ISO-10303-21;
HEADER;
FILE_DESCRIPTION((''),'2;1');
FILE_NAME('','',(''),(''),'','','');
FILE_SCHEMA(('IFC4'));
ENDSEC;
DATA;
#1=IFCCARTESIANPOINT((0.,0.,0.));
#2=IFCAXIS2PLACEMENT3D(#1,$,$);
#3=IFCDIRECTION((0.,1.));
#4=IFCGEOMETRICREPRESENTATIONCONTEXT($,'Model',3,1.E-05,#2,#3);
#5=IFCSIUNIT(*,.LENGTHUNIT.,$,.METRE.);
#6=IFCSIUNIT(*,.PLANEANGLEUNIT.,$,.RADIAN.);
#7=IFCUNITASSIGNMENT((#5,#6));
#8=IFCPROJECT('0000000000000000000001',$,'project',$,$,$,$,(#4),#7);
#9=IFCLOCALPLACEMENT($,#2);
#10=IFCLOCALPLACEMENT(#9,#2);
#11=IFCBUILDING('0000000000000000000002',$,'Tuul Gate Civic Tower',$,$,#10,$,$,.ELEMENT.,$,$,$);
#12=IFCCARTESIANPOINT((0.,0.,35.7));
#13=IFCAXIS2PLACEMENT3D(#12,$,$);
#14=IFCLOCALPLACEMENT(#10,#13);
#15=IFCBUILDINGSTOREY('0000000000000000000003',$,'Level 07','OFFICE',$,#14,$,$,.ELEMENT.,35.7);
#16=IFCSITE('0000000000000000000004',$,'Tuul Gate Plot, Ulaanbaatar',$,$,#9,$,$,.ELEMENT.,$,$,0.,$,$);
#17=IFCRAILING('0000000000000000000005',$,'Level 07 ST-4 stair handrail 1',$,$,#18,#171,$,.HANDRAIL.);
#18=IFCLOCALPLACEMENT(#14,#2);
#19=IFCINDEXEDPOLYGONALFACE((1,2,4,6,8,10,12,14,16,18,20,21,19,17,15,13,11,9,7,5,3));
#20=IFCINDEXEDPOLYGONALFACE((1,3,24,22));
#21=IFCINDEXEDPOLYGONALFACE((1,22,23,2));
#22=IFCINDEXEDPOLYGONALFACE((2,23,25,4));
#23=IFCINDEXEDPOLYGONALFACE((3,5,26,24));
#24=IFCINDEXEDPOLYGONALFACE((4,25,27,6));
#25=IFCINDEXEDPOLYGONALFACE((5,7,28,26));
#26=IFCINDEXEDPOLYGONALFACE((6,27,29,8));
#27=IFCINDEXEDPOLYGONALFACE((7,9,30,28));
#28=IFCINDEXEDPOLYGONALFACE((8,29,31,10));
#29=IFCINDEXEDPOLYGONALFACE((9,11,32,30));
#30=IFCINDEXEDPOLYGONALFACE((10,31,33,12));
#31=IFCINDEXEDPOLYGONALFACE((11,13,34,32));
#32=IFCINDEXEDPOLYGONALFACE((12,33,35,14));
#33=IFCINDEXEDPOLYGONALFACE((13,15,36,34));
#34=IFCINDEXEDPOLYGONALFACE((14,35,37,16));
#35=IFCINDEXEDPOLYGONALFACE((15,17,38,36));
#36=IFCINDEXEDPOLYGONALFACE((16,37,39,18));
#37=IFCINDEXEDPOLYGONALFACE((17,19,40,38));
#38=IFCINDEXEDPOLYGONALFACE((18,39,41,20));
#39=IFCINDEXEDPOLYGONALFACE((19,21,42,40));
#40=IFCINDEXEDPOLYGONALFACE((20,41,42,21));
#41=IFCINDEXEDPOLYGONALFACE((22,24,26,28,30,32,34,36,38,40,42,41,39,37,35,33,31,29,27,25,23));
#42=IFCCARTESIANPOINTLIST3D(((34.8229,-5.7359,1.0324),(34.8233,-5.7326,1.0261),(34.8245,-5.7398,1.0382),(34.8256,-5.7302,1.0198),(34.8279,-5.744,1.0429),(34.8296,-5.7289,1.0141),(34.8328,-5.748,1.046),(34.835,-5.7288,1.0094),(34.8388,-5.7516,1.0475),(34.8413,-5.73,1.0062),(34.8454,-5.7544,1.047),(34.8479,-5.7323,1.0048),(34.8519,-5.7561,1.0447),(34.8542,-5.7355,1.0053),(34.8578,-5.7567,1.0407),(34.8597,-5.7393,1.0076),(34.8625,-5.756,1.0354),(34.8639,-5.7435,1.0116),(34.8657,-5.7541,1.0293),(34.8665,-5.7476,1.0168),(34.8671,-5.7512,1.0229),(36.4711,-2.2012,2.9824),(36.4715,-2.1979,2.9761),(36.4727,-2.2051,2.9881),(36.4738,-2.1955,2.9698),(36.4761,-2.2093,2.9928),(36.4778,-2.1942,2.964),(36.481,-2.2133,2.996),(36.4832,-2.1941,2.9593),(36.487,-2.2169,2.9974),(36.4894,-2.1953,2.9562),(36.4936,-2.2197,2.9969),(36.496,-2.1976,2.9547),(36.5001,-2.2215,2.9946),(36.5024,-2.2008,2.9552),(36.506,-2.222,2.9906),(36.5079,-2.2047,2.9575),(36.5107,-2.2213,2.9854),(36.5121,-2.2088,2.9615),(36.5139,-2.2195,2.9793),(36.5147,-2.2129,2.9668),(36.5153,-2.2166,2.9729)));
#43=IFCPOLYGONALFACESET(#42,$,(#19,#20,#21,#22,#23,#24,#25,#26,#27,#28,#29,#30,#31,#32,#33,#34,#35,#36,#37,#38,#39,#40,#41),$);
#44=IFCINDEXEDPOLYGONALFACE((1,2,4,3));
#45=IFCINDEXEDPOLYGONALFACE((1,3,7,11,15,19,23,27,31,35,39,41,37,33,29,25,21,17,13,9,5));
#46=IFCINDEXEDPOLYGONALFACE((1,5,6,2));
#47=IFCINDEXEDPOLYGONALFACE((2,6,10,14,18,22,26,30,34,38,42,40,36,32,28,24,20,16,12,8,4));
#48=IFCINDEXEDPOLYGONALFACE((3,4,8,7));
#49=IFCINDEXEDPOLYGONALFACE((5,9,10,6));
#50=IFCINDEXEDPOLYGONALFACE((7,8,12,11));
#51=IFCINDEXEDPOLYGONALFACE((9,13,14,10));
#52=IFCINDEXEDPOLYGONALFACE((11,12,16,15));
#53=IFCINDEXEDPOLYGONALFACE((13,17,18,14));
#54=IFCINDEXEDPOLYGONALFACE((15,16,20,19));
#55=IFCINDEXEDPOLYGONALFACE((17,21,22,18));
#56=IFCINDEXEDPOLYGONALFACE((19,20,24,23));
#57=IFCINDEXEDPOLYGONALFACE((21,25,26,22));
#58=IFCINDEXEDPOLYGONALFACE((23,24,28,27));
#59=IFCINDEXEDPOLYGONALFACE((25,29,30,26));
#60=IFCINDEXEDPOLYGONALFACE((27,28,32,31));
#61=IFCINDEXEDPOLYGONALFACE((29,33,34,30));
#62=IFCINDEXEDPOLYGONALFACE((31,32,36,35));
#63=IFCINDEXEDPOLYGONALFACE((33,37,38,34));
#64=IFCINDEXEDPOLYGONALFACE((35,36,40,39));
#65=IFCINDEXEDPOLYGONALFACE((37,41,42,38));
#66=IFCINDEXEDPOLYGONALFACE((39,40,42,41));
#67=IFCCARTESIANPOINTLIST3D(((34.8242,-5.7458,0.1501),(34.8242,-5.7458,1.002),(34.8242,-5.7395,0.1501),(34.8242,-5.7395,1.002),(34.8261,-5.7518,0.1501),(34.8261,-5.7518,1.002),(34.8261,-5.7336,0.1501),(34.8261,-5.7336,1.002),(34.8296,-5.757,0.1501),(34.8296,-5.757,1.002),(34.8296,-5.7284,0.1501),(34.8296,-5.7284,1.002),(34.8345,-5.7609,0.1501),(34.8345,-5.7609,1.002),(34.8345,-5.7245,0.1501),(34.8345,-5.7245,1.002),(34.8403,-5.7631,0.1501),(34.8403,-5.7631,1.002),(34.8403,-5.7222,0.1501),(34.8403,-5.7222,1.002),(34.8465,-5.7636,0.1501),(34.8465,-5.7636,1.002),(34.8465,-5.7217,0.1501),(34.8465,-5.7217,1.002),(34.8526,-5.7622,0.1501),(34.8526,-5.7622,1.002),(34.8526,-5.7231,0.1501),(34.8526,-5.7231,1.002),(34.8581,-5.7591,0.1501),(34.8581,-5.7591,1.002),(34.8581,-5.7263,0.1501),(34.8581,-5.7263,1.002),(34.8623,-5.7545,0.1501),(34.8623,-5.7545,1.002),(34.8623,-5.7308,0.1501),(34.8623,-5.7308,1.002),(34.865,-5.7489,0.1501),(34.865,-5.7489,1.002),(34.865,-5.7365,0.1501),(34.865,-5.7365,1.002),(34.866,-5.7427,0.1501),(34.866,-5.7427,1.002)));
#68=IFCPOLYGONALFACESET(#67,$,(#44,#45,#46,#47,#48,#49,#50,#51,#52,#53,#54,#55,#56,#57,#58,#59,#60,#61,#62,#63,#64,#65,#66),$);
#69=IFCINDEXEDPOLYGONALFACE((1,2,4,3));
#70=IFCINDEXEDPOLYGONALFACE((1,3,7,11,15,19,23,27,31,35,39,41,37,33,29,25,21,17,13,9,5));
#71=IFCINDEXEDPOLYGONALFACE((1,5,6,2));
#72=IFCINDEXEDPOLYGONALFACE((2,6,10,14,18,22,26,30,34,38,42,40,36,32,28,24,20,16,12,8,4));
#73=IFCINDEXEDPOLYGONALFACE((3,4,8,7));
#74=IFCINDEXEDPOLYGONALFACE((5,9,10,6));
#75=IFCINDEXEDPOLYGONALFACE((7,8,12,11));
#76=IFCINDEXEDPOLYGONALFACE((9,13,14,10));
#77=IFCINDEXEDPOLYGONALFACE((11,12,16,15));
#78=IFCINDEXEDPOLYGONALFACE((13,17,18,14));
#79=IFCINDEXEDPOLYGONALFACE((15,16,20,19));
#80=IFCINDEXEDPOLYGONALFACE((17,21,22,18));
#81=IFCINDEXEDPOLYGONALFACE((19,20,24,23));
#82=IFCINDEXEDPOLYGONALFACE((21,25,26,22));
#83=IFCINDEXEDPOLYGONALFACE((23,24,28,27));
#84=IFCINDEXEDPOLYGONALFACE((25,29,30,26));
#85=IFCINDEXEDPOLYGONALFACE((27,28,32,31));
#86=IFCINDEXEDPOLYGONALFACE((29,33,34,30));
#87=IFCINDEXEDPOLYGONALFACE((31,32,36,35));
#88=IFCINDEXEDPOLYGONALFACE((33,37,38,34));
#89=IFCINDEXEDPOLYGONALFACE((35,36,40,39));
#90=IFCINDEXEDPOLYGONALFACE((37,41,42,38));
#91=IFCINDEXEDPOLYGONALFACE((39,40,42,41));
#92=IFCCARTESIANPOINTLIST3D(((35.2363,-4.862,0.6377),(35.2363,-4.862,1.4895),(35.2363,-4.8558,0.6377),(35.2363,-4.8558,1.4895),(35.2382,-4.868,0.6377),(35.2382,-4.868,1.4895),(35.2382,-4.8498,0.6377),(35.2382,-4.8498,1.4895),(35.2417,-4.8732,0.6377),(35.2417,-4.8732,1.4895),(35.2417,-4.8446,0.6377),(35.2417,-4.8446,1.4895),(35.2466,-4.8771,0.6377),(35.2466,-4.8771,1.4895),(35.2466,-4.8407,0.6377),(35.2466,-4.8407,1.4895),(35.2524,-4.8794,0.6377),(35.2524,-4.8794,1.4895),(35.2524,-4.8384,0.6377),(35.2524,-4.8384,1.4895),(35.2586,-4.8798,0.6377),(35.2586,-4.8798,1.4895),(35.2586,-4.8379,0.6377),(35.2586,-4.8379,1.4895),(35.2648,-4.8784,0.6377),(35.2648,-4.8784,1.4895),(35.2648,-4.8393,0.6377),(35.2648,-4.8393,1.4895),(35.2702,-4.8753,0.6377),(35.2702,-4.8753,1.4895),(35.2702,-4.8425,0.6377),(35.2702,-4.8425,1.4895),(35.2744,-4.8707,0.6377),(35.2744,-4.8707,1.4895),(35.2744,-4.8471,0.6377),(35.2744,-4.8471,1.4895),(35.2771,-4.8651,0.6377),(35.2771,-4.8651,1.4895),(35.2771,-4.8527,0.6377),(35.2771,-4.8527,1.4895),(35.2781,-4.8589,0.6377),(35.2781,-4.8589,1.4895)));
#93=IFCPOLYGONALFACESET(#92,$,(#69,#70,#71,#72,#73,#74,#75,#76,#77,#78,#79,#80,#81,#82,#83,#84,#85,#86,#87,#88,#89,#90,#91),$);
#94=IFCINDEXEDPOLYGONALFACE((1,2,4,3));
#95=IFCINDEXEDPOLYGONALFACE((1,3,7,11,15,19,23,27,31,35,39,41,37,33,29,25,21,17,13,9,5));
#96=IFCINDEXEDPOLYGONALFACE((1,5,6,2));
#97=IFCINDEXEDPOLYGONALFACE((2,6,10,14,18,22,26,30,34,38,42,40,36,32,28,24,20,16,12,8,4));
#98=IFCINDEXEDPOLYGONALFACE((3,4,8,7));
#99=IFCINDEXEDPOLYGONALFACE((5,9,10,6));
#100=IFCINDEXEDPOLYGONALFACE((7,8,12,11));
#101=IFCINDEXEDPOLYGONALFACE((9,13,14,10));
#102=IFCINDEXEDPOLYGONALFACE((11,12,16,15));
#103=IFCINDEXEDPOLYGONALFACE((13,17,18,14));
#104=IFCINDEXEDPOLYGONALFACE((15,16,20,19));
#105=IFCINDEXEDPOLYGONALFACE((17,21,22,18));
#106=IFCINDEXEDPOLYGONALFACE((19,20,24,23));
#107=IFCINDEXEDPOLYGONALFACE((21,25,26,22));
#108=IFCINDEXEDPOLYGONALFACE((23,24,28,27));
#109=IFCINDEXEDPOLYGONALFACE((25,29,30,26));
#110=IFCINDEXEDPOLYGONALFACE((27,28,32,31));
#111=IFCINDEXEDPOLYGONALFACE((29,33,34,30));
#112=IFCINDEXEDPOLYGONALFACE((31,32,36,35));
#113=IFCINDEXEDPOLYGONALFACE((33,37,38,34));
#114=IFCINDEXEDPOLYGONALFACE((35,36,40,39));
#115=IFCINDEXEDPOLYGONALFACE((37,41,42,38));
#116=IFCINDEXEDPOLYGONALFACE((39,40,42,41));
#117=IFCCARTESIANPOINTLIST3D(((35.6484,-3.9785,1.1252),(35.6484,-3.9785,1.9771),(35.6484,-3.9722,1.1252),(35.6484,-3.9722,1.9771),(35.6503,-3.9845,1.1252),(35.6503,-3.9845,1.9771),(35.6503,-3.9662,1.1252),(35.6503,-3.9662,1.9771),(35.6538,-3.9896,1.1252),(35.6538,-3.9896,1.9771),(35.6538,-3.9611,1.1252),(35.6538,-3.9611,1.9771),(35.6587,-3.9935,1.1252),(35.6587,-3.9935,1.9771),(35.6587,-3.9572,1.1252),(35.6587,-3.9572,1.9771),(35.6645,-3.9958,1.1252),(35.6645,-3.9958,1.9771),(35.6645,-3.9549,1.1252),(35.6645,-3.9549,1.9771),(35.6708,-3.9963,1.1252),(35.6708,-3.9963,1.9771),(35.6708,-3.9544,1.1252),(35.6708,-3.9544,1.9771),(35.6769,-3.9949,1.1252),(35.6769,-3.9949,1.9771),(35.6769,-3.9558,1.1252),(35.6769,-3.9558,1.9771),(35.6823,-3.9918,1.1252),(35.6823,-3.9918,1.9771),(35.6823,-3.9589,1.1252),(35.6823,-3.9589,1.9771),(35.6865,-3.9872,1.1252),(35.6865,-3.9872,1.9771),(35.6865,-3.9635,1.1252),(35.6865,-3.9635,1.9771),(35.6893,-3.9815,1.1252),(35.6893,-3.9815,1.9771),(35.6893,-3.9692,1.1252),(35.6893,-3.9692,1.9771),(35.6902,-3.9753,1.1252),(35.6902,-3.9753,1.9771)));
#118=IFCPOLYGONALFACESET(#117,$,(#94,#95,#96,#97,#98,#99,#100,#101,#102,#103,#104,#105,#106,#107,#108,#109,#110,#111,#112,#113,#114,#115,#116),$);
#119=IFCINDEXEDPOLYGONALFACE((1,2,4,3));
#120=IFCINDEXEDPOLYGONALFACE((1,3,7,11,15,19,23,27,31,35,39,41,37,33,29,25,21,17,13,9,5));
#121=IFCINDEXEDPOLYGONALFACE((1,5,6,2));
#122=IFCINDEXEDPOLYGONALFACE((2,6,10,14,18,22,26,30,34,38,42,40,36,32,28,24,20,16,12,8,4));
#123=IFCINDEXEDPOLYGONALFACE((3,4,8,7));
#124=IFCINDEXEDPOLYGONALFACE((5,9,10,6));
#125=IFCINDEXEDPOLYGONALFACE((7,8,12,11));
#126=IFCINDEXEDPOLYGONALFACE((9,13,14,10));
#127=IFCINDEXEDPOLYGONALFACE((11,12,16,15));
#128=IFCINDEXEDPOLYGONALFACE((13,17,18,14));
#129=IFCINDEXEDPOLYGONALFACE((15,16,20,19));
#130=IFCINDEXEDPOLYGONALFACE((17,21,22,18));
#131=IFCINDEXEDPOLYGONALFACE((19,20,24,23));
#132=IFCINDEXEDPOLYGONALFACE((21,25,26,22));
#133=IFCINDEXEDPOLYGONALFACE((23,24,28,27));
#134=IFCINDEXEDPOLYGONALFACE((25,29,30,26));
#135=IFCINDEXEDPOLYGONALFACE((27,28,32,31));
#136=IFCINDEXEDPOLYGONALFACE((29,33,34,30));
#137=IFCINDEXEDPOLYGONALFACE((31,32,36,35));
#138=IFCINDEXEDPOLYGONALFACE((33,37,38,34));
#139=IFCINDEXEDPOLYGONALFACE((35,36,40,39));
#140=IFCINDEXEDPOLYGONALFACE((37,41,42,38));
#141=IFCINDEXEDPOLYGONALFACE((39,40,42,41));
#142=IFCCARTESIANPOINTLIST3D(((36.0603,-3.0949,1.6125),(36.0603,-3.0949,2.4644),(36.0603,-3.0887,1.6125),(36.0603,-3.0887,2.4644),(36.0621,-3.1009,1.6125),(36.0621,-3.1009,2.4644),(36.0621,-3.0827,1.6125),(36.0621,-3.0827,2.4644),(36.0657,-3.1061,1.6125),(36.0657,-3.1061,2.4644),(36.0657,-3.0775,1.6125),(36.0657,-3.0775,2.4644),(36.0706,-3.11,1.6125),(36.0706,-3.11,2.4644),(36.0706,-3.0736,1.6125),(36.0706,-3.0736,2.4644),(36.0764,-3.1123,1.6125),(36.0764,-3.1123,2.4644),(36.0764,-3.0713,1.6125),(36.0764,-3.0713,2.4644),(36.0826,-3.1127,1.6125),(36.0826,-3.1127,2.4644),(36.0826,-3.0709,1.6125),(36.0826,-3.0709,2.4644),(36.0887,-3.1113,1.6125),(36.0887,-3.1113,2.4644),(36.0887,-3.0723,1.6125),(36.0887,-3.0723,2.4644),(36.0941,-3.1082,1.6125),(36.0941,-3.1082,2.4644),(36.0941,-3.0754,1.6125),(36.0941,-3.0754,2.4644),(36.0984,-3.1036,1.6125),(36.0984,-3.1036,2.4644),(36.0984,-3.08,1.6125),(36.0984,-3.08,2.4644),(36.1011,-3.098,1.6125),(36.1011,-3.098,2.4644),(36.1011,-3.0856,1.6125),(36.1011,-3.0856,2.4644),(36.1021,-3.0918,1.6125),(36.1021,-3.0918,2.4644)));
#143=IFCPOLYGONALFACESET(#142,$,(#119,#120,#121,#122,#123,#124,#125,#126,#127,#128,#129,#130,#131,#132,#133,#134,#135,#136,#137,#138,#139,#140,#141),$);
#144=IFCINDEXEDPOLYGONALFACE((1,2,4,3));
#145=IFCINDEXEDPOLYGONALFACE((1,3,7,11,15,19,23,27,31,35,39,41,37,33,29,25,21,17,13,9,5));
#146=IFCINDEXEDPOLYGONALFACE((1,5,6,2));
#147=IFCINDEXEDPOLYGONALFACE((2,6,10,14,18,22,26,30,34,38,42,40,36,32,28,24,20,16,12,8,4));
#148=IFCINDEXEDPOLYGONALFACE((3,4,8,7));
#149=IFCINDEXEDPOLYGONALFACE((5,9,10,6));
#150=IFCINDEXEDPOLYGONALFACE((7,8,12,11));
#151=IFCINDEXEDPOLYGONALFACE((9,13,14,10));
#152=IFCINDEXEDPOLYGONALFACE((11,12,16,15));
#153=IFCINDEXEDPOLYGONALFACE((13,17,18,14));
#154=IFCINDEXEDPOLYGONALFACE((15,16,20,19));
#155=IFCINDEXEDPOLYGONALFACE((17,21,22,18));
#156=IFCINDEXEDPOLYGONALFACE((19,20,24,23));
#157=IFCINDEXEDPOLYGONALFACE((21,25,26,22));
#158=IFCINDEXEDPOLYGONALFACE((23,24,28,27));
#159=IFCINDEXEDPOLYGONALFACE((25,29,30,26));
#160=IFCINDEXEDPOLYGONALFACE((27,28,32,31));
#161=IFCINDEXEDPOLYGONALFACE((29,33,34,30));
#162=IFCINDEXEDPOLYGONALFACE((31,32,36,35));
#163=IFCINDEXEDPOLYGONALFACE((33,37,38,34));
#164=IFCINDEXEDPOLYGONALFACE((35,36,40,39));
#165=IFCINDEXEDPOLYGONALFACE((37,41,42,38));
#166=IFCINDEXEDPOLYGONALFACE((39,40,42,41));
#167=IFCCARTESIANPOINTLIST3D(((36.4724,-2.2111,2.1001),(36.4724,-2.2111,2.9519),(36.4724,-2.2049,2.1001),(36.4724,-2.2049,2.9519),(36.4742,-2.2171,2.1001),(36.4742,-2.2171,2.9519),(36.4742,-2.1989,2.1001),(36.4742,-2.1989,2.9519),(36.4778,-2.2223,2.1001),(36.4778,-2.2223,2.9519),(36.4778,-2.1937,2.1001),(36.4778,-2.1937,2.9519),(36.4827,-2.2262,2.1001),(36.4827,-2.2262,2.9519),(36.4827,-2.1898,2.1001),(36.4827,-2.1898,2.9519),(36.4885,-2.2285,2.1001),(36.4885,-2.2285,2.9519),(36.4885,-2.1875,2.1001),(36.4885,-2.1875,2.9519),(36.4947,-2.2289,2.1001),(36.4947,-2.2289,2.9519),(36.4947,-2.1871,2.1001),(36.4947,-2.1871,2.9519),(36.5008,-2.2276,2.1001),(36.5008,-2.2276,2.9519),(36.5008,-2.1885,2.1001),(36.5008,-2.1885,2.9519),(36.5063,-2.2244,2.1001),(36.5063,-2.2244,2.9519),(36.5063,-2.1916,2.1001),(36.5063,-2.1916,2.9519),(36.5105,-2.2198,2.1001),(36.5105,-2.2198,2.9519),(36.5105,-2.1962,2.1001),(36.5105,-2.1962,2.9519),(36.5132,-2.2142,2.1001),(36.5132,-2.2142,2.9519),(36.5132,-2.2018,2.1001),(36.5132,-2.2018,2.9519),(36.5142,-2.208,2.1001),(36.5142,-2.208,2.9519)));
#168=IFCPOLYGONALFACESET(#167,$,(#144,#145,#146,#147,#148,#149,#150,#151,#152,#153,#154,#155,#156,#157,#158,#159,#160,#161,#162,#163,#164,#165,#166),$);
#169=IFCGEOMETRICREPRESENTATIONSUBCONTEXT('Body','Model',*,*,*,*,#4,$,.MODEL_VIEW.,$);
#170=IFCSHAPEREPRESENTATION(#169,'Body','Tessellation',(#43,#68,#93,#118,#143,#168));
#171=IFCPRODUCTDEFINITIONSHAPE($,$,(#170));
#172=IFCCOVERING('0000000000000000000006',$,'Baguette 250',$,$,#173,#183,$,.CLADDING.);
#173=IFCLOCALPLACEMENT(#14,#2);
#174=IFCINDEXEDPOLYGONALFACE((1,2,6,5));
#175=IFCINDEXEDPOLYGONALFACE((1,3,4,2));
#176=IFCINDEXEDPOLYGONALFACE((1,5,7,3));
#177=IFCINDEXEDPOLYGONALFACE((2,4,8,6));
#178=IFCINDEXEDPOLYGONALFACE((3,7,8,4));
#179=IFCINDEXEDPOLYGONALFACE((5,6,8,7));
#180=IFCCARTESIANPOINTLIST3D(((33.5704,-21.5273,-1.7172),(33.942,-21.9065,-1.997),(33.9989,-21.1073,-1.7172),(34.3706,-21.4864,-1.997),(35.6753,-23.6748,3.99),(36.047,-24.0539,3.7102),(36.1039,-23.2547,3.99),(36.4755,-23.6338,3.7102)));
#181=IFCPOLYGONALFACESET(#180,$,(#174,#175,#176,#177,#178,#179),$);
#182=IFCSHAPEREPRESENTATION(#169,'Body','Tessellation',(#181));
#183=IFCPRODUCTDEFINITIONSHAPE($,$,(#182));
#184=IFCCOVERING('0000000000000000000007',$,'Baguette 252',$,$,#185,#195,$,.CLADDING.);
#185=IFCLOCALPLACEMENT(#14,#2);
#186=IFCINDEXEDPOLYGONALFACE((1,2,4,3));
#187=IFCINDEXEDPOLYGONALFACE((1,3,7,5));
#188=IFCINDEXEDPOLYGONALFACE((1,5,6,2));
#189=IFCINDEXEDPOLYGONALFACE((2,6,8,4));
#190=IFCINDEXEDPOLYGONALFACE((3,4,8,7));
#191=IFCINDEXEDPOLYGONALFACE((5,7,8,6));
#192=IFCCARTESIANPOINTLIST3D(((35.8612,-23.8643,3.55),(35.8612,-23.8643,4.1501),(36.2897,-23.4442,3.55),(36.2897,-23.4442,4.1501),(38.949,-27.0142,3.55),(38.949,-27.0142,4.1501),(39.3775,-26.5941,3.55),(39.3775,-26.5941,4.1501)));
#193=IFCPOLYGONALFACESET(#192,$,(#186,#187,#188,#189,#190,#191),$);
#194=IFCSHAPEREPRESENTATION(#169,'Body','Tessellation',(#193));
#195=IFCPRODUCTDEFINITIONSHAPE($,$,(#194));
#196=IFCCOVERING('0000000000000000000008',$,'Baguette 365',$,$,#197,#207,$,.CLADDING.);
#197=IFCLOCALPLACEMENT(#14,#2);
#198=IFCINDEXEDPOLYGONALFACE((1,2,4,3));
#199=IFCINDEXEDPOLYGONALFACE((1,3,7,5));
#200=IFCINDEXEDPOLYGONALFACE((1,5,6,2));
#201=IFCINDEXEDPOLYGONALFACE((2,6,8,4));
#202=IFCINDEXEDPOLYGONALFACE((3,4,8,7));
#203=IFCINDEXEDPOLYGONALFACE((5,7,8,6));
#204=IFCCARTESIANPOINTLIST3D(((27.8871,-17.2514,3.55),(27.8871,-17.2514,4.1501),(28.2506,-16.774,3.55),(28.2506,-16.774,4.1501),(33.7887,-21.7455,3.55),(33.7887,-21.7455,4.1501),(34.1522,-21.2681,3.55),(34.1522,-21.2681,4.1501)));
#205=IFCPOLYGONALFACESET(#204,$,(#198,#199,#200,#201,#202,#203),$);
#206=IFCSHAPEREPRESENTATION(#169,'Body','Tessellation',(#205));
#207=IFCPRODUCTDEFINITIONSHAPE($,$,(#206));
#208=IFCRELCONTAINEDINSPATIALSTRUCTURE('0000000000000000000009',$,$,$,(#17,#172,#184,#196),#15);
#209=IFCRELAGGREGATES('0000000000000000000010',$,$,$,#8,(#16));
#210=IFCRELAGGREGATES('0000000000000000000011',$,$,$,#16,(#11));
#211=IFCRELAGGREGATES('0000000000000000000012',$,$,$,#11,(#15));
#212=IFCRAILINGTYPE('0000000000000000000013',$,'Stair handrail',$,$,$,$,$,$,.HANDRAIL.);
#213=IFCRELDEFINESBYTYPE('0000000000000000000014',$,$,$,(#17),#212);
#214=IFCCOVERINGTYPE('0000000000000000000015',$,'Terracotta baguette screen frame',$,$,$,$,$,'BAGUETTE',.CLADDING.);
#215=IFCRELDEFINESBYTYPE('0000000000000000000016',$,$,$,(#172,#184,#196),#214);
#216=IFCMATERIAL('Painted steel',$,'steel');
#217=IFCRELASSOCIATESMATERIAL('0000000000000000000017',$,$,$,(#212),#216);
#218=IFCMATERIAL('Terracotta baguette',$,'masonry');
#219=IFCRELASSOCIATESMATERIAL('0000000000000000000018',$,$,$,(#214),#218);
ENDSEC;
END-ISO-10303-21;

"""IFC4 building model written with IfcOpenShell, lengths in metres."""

from ifc_helpers import new_model, si_unit, direction, frame, origin, origin_2d, place, context, subcontext, project, spatial, rectangle, circle, extrude, material, material_profile, profile_set, type_object, element, save


model = new_model("IFC4")

# Units and contexts
model_context = context("Model", 3, precision=1e-05, world=origin(), true_north=direction((0.0, 1.0)))
body_context = subcontext(model_context, "Body", "Model", "MODEL_VIEW")
ifc_project = project(units=[si_unit("LENGTHUNIT", "METRE"), si_unit("PLANEANGLEUNIT", "RADIAN")], contexts=[model_context])

# Site, building, storey
site_placement = place(None, origin())
site = spatial("IfcSite", under=ifc_project, at=site_placement, Name="Tuul Gate Plot, Ulaanbaatar", CompositionType="ELEMENT", RefElevation=0.0)
building_placement = place(site_placement, origin())
building = spatial("IfcBuilding", under=site, at=building_placement, Name="Tuul Gate Civic Tower", CompositionType="ELEMENT")
storey_placement = place(building_placement, frame((0.0, 0.0, 35.7)))
storey = spatial("IfcBuildingStorey", under=building, at=storey_placement, Name="Level 07", Description="OFFICE", CompositionType="ELEMENT", Elevation=35.7)

# Railing
ifc_material_1 = material(Name="Painted steel", Category="steel")
railing_type = type_object("IfcRailingType", Name="Stair handrail", PredefinedType="HANDRAIL", material=ifc_material_1)
railing_placement = place(storey_placement, frame((34.845, -5.7427, 0.1501)))
element("IfcRailing", 1, at=railing_placement, inside=storey, type_object=railing_type, Name="Level 07 ST-4 stair handrail 1", PredefinedType="HANDRAIL", context=body_context, shape_type="SweptSolid", body=[
    extrude(circle(Radius=0.0239, at=origin_2d()), frame((0.0, 0.0, 0.876), z_axis=(0.377995, 0.810637, 0.4472), x_axis=(-0.906313, 0.422608, 0.0)), (0.0, 0.0, 1.0), 4.3604),
    extrude(circle(Radius=0.021, at=origin_2d()), origin(), (0.0, 0.0, 1.0), 0.8518),
    extrude(circle(Radius=0.021, at=origin_2d()), frame((0.4121, 0.8838, 0.4875)), (0.0, 0.0, 1.0), 0.8518),
    extrude(circle(Radius=0.021, at=origin_2d()), frame((0.8242, 1.7673, 0.9751)), (0.0, 0.0, 1.0), 0.8518),
    extrude(circle(Radius=0.021, at=origin_2d()), frame((1.2361, 2.6509, 1.4624)), (0.0, 0.0, 1.0), 0.8518),
    extrude(circle(Radius=0.021, at=origin_2d()), frame((1.6482, 3.5347, 1.95)), (0.0, 0.0, 1.0), 0.8518),
])

# Coverings
ifc_material_2 = material(Name="Terracotta baguette", Category="masonry")
ifc_material_profile_1 = material_profile(ifc_material_2, rectangle(XDim=0.6001, YDim=0.6001, at=origin_2d()), Name="Terracotta baguette screen frame")
ifc_profile_set_1 = profile_set([ifc_material_profile_1], Name="Terracotta baguette")
covering_type = type_object("IfcCoveringType", Name="Terracotta baguette screen frame", ElementType="BAGUETTE", PredefinedType="CLADDING", material=ifc_profile_set_1)
covering_1_placement = place(storey_placement, frame((36.0754, -23.6543, 3.8501), z_axis=(-0.326302, 0.332888, -0.88471), x_axis=(-0.714135, -0.700008, 0.0)))
element("IfcCovering", 2, at=covering_1_placement, inside=storey, type_object=covering_type, Name="Baguette 250", PredefinedType="CLADDING", context=body_context, shape_type="SweptSolid", body=[
    extrude(rectangle(XDim=0.6001, YDim=0.6001, at=origin_2d()), origin(), (0.0, 0.0, 1.0), 6.4509),
])
covering_2_placement = place(storey_placement, frame((36.0754, -23.6543, 3.8501), z_axis=(0.700043, -0.714101, 0.0), x_axis=(0.714101, 0.700043, 0.0)))
element("IfcCovering", 3, at=covering_2_placement, inside=storey, type_object=covering_type, Name="Baguette 252", PredefinedType="CLADDING", context=body_context, shape_type="SweptSolid", body=[
    extrude(rectangle(XDim=0.6001, YDim=0.6001, at=origin_2d()), origin(), (0.0, 0.0, 1.0), 4.4109),
])
covering_3_placement = place(storey_placement, frame((28.0688, -17.0127, 3.8501), z_axis=(0.795583, -0.605845, 0.0), x_axis=(0.605845, 0.795583, 0.0)))
element("IfcCovering", 4, at=covering_3_placement, inside=storey, type_object=covering_type, Name="Baguette 365", PredefinedType="CLADDING", context=body_context, shape_type="SweptSolid", body=[
    extrude(rectangle(XDim=0.6001, YDim=0.6001, at=origin_2d()), origin(), (0.0, 0.0, 1.0), 7.418),
])

save(model, "model.ifc")
